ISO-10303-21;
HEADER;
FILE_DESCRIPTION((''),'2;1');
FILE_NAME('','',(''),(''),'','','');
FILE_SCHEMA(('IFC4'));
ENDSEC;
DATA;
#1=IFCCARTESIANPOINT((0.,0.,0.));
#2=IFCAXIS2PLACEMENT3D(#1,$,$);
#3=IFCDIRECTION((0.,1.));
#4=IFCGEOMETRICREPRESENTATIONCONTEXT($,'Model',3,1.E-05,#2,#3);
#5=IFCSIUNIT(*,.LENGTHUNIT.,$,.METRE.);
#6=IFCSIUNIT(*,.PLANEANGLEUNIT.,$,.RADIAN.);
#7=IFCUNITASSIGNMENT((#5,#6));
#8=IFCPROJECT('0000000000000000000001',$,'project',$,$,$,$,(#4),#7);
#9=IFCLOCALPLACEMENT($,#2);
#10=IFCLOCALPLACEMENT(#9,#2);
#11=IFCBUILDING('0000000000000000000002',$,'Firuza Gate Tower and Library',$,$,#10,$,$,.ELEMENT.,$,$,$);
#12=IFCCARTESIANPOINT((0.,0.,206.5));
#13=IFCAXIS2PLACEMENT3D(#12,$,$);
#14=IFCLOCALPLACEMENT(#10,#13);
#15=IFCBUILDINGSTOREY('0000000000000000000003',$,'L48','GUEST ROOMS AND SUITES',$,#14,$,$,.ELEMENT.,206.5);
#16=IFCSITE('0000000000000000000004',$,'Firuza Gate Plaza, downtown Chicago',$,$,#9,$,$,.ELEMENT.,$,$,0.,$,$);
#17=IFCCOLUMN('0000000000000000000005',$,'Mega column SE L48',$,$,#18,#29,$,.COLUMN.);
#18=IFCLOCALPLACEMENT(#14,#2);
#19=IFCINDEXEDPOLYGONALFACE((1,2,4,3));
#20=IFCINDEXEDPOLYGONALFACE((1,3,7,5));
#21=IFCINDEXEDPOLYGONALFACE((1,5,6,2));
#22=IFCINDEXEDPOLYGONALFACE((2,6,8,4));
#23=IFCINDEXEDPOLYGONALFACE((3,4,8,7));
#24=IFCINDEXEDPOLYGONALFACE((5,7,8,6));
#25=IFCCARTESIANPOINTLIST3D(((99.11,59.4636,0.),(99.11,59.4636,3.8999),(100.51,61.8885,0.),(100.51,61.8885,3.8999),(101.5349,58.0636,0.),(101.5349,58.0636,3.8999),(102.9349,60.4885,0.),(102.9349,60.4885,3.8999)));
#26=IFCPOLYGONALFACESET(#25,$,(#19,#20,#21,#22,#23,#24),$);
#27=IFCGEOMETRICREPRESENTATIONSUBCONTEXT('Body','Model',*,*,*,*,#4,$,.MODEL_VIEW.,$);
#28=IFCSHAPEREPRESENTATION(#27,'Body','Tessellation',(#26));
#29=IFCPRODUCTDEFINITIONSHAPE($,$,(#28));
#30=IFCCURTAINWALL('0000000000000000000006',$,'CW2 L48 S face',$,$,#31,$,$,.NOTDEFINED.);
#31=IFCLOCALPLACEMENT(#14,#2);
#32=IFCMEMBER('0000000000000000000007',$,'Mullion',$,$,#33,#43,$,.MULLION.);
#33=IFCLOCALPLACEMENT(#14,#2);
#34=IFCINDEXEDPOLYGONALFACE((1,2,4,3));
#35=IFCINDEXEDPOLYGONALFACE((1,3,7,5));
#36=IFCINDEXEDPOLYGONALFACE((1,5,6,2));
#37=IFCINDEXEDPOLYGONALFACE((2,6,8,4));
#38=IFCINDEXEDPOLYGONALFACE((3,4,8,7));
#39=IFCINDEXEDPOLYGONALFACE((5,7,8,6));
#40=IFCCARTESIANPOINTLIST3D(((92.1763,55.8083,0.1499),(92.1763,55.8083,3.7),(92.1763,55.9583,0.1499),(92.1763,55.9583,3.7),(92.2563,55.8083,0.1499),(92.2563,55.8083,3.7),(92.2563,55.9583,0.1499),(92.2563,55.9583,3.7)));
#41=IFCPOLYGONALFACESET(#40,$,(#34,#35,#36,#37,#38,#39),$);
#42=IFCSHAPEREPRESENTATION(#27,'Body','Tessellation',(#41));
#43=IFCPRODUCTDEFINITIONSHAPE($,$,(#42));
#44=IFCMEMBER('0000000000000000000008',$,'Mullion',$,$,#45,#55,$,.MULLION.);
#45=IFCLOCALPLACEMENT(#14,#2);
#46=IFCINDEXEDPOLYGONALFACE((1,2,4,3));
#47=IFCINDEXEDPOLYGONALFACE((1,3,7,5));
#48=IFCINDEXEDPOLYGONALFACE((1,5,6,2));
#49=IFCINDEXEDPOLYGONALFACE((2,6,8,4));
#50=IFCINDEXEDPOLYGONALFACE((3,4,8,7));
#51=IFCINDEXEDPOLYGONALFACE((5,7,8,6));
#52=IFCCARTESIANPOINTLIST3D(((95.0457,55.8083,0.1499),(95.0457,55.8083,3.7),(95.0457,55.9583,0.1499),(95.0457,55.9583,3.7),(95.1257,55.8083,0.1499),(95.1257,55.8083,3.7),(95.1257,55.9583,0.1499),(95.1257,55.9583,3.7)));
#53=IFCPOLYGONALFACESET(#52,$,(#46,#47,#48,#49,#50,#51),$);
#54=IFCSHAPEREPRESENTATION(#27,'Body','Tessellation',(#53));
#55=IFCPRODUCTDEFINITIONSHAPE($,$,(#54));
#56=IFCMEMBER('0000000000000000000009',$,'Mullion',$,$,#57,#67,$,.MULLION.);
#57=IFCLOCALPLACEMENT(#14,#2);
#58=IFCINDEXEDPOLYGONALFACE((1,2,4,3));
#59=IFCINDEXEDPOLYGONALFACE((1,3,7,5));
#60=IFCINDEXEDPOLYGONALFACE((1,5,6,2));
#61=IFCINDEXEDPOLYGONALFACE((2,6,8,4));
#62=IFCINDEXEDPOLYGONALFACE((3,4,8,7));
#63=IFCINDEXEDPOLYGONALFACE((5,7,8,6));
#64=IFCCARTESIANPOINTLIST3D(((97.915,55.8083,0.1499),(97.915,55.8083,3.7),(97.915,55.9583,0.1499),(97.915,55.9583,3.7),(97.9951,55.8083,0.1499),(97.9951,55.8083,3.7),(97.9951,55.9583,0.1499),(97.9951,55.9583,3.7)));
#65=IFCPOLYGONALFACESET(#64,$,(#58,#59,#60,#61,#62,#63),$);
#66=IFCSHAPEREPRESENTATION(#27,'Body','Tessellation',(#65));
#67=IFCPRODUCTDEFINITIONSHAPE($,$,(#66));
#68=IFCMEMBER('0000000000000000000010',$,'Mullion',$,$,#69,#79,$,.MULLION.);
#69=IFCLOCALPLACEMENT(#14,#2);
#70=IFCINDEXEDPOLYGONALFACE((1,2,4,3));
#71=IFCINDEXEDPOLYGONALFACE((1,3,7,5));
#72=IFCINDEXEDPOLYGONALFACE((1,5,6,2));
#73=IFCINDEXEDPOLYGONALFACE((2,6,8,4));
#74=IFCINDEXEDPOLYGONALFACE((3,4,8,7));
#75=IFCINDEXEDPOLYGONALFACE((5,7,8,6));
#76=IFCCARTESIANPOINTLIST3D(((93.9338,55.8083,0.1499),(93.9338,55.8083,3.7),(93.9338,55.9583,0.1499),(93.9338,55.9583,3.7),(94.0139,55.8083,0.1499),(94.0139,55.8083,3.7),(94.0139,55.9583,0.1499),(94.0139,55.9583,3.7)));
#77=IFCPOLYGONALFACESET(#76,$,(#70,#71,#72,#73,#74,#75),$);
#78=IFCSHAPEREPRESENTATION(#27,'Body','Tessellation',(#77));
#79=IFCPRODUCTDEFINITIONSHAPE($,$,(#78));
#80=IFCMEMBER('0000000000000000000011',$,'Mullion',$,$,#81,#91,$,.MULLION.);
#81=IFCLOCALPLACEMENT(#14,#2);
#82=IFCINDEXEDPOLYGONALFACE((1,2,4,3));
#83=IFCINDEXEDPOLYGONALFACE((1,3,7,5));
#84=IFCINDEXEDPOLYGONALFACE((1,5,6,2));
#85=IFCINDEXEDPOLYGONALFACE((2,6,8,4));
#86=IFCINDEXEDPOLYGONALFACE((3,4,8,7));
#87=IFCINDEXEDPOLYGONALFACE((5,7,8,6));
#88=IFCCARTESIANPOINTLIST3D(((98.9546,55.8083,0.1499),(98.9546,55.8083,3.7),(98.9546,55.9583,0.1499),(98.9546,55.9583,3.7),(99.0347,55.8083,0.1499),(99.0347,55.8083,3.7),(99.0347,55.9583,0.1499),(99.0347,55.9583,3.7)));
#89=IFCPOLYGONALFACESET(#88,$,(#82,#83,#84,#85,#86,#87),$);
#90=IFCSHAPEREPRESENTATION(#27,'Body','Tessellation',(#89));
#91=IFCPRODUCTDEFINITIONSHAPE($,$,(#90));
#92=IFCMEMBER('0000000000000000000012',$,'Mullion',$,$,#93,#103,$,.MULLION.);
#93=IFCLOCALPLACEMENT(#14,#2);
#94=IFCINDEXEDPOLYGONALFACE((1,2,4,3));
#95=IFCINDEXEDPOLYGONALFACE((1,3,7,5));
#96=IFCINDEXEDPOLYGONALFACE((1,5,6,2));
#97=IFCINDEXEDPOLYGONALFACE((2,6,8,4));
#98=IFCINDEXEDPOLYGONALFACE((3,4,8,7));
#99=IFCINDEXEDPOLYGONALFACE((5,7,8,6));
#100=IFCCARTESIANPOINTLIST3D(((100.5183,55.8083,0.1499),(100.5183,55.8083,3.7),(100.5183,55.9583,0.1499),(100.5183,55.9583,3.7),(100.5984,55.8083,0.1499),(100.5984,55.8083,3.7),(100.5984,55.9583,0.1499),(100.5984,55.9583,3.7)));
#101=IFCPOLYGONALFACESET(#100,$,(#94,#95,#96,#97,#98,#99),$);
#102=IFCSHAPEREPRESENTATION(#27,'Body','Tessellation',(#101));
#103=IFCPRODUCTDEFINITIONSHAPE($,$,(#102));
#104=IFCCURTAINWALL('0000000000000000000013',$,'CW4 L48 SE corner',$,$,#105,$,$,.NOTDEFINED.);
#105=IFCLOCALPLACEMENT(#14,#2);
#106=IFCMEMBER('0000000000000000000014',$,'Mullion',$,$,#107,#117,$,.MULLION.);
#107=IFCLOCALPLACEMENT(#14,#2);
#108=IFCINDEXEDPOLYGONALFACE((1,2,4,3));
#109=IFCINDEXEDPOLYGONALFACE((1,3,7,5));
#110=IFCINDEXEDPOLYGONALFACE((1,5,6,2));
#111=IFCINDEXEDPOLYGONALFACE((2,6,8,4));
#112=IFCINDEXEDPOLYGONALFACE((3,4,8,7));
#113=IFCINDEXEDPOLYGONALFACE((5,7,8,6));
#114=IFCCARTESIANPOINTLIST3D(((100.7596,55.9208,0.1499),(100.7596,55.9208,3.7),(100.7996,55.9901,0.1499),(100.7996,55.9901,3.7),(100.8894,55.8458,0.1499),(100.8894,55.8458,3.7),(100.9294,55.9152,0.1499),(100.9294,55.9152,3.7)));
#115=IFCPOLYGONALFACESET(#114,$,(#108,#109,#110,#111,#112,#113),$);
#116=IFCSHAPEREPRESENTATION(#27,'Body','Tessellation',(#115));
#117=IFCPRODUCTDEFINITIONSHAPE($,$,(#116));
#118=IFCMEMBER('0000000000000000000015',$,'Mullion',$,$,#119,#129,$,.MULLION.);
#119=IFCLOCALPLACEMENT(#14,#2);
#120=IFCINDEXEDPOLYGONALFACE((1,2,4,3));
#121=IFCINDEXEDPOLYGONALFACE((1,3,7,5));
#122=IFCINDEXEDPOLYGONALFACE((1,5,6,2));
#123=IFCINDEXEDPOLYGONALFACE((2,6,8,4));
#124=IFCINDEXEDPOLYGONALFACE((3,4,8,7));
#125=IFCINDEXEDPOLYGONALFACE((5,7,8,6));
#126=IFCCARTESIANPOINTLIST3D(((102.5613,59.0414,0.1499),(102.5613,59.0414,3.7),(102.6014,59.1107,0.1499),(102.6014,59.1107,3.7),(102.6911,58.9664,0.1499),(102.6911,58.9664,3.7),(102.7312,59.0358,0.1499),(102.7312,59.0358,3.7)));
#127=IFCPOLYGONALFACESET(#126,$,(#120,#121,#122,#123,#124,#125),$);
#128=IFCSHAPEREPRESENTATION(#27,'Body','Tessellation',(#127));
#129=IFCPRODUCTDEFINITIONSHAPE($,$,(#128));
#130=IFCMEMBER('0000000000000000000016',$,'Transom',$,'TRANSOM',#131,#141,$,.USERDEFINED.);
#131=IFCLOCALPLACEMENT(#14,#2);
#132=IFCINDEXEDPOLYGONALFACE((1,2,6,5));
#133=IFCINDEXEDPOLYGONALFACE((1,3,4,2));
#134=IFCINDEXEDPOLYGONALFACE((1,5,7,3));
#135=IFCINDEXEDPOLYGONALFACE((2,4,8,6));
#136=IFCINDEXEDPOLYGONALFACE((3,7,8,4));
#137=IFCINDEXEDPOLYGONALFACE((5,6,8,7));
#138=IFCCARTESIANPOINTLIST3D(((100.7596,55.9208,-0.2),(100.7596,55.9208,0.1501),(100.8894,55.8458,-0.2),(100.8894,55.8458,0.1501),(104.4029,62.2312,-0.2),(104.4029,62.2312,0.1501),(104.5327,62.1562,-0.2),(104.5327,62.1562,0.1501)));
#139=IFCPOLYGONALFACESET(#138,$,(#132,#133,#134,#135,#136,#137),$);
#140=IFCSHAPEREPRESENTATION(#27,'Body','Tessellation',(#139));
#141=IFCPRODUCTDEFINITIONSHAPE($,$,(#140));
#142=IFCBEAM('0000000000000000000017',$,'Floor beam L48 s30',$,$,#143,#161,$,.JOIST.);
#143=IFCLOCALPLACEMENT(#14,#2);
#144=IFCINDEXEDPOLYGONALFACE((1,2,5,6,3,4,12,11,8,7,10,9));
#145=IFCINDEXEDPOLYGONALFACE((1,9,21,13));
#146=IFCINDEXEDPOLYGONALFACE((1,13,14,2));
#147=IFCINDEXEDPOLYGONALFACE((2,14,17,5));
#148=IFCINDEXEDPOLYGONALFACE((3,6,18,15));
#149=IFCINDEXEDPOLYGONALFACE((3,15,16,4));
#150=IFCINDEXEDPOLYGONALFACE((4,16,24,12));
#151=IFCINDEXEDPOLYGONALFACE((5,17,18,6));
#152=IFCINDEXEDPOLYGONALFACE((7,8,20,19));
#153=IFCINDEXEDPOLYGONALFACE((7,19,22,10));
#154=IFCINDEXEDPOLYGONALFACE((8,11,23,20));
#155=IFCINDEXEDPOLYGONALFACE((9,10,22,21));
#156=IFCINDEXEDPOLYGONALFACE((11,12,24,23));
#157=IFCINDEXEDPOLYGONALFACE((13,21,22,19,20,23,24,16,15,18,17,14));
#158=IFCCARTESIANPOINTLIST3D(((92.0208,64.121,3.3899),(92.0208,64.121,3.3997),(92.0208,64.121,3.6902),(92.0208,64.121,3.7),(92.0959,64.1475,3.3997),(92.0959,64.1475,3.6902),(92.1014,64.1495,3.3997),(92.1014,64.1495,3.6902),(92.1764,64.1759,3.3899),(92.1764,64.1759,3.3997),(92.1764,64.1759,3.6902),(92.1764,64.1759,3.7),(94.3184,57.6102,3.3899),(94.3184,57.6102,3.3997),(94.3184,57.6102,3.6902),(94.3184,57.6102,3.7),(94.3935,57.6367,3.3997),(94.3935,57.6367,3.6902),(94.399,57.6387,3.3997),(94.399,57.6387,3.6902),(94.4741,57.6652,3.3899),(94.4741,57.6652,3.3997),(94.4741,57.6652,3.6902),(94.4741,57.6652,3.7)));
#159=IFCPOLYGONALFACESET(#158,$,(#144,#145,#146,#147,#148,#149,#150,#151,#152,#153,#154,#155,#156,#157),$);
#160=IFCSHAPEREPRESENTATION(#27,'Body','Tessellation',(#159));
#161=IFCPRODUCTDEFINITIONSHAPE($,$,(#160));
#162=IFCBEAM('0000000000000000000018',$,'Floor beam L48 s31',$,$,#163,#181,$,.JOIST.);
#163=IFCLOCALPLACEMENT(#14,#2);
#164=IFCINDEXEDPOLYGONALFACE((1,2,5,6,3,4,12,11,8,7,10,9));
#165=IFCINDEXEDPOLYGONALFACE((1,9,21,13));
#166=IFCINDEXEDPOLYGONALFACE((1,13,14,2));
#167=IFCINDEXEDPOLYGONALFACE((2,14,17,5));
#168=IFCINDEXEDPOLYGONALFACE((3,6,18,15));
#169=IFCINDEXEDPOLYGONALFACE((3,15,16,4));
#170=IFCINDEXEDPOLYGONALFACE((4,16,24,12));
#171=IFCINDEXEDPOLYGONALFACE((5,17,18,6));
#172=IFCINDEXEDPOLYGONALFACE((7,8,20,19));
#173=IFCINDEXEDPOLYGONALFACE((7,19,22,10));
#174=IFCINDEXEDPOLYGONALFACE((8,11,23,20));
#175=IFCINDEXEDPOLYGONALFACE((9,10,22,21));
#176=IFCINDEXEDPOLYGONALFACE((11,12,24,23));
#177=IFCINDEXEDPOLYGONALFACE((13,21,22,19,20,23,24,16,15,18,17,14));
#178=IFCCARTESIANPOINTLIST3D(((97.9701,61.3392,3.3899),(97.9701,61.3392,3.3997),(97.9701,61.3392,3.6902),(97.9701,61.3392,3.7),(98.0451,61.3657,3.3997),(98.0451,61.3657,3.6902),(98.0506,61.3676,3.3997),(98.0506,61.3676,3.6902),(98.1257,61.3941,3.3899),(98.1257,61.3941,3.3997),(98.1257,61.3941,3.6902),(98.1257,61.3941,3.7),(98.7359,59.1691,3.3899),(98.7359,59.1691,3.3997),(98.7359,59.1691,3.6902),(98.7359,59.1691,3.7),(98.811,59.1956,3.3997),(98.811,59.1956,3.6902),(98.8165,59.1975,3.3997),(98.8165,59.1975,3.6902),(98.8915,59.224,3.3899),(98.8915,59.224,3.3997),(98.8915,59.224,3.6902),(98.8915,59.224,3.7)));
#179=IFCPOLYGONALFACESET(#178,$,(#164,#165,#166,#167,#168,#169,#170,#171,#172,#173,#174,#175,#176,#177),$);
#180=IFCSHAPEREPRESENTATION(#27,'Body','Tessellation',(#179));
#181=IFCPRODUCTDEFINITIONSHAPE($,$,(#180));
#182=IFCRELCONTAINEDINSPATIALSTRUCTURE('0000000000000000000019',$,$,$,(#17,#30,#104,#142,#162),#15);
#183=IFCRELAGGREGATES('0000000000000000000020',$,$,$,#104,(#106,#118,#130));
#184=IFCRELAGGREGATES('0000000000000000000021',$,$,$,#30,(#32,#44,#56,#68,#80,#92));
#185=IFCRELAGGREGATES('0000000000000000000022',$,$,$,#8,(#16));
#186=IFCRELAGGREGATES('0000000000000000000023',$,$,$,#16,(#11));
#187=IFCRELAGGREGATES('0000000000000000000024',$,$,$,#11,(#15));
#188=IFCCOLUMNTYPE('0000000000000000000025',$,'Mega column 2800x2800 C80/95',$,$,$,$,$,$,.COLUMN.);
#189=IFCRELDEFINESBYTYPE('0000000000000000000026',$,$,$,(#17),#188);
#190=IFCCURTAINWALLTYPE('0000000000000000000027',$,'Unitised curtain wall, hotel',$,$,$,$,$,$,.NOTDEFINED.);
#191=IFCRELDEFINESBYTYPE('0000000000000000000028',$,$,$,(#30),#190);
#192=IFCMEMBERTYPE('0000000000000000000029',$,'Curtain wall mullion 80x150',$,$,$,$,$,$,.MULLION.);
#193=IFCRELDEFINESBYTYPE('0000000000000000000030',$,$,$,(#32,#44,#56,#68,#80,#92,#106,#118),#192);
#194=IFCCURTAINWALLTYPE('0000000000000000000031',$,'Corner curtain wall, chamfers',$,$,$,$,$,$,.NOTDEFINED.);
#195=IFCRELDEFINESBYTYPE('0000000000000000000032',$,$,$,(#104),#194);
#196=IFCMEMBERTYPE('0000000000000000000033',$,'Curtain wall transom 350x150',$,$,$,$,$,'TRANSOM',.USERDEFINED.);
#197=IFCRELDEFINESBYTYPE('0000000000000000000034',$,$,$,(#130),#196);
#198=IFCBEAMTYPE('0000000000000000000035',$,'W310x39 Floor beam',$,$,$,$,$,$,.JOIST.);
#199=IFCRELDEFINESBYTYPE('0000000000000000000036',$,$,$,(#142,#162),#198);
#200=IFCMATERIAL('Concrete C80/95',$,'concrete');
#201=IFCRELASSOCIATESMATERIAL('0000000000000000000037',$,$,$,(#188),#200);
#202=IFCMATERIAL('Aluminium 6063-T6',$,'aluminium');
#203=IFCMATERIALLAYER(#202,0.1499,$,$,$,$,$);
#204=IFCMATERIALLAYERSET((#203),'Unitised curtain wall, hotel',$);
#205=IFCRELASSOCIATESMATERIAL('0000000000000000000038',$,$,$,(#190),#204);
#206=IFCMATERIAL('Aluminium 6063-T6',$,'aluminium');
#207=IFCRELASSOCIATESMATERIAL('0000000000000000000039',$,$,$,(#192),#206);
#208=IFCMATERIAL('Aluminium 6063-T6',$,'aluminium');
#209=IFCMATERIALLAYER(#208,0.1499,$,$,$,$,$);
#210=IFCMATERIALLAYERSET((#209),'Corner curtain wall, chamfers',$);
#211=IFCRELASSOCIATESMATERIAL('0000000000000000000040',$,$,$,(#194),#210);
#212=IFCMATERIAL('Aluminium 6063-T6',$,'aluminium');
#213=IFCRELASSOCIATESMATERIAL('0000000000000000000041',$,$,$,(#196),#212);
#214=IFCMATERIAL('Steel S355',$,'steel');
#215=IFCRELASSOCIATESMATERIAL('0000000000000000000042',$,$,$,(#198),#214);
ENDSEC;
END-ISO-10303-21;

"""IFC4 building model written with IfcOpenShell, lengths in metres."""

from ifc_helpers import new_model, si_unit, direction, frame, origin, origin_2d, place, context, subcontext, project, spatial, rectangle, i_section, extrude, material, layer, layer_set, material_profile, profile_set, type_object, element, aggregate, save


model = new_model("IFC4")

# Units and contexts
model_context = context("Model", 3, precision=1e-05, world=origin(), true_north=direction((0.0, 1.0)))
body_context = subcontext(model_context, "Body", "Model", "MODEL_VIEW")
ifc_project = project(units=[si_unit("LENGTHUNIT", "METRE"), si_unit("PLANEANGLEUNIT", "RADIAN")], contexts=[model_context])

# Site, building, storey
site_placement = place(None, origin())
site = spatial("IfcSite", under=ifc_project, at=site_placement, Name="Firuza Gate Plaza, downtown Chicago", CompositionType="ELEMENT", RefElevation=0.0)
building_placement = place(site_placement, origin())
building = spatial("IfcBuilding", under=site, at=building_placement, Name="Firuza Gate Tower and Library", CompositionType="ELEMENT")
storey_placement = place(building_placement, frame((0.0, 0.0, 206.5)))
storey = spatial("IfcBuildingStorey", under=building, at=storey_placement, Name="L48", Description="GUEST ROOMS AND SUITES", CompositionType="ELEMENT", Elevation=206.5)

# Column
ifc_material_1 = material(Name="Concrete C80/95", Category="concrete")
ifc_material_profile_1 = material_profile(ifc_material_1, rectangle(XDim=2.8, YDim=2.8, at=origin_2d()))
ifc_profile_set_1 = profile_set([ifc_material_profile_1], Name="Concrete C80/95")
column_type = type_object("IfcColumnType", Name="Mega column 2800x2800 C80/95", PredefinedType="COLUMN", material=ifc_profile_set_1)
column_placement = place(storey_placement, frame((101.0225, 59.9761, 0.0), z_axis=(0.0, 0.0, 1.0), x_axis=(0.5, 0.866025, 0.0)))
element("IfcColumn", 1, at=column_placement, inside=storey, type_object=column_type, Name="Mega column SE L48", PredefinedType="COLUMN", context=body_context, shape_type="SweptSolid", body=[
    extrude(rectangle(XDim=2.8, YDim=2.8, at=origin_2d()), origin(), (0.0, 0.0, 1.0), 3.8999),
])

# Curtain walls, members
ifc_material_2 = material(Name="Aluminium 6063-T6", Category="aluminium")
ifc_layer_1 = layer(ifc_material_2, 0.1499)
ifc_layer_set_1 = layer_set([ifc_layer_1], Name="Unitised curtain wall, hotel")
curtain_wall_type_1 = type_object("IfcCurtainWallType", Name="Unitised curtain wall, hotel", PredefinedType="NOTDEFINED", material=ifc_layer_set_1)
placement = place(storey_placement, origin())
curtain_wall_1 = element("IfcCurtainWall", 2, at=placement, inside=storey, type_object=curtain_wall_type_1, Name="CW2 L48 S face", PredefinedType="NOTDEFINED")
ifc_material_3 = material(Name="Aluminium 6063-T6", Category="aluminium")
ifc_material_profile_2 = material_profile(ifc_material_3, rectangle(XDim=0.1499, YDim=0.0801, at=origin_2d()))
ifc_profile_set_2 = profile_set([ifc_material_profile_2], Name="Aluminium 6063-T6")
member_type_1 = type_object("IfcMemberType", Name="Curtain wall mullion 80x150", PredefinedType="MULLION", material=ifc_profile_set_2)
member_1_placement = place(storey_placement, frame((92.2163, 55.8833, 0.1499), z_axis=(0.0, 0.0, 1.0), x_axis=(0.0, 1.0, 0.0)))
member_1 = element("IfcMember", 3, at=member_1_placement, type_object=member_type_1, Name="Mullion", PredefinedType="MULLION", context=body_context, shape_type="SweptSolid", body=[
    extrude(rectangle(XDim=0.1499, YDim=0.0801, at=origin_2d()), origin(), (0.0, 0.0, 1.0), 3.55),
])
member_2_placement = place(storey_placement, frame((95.0857, 55.8833, 0.1499), z_axis=(0.0, 0.0, 1.0), x_axis=(0.0, 1.0, 0.0)))
member_2 = element("IfcMember", 4, at=member_2_placement, type_object=member_type_1, Name="Mullion", PredefinedType="MULLION", context=body_context, shape_type="SweptSolid", body=[
    extrude(rectangle(XDim=0.1499, YDim=0.0801, at=origin_2d()), origin(), (0.0, 0.0, 1.0), 3.55),
])
member_3_placement = place(storey_placement, frame((97.9551, 55.8833, 0.1499), z_axis=(0.0, 0.0, 1.0), x_axis=(0.0, 1.0, 0.0)))
member_3 = element("IfcMember", 5, at=member_3_placement, type_object=member_type_1, Name="Mullion", PredefinedType="MULLION", context=body_context, shape_type="SweptSolid", body=[
    extrude(rectangle(XDim=0.1499, YDim=0.0801, at=origin_2d()), origin(), (0.0, 0.0, 1.0), 3.55),
])
member_4_placement = place(storey_placement, frame((93.9739, 55.8833, 0.1499), z_axis=(0.0, 0.0, 1.0), x_axis=(0.0, 1.0, 0.0)))
member_4 = element("IfcMember", 6, at=member_4_placement, type_object=member_type_1, Name="Mullion", PredefinedType="MULLION", context=body_context, shape_type="SweptSolid", body=[
    extrude(rectangle(XDim=0.1499, YDim=0.0801, at=origin_2d()), origin(), (0.0, 0.0, 1.0), 3.55),
])
member_5_placement = place(storey_placement, frame((98.9946, 55.8833, 0.1499), z_axis=(0.0, 0.0, 1.0), x_axis=(0.0, 1.0, 0.0)))
member_5 = element("IfcMember", 7, at=member_5_placement, type_object=member_type_1, Name="Mullion", PredefinedType="MULLION", context=body_context, shape_type="SweptSolid", body=[
    extrude(rectangle(XDim=0.1499, YDim=0.0801, at=origin_2d()), origin(), (0.0, 0.0, 1.0), 3.55),
])
member_6_placement = place(storey_placement, frame((100.5583, 55.8833, 0.1499), z_axis=(0.0, 0.0, 1.0), x_axis=(0.0, 1.0, 0.0)))
member_6 = element("IfcMember", 8, at=member_6_placement, type_object=member_type_1, Name="Mullion", PredefinedType="MULLION", context=body_context, shape_type="SweptSolid", body=[
    extrude(rectangle(XDim=0.1499, YDim=0.0801, at=origin_2d()), origin(), (0.0, 0.0, 1.0), 3.55),
])
ifc_material_4 = material(Name="Aluminium 6063-T6", Category="aluminium")
ifc_layer_2 = layer(ifc_material_4, 0.1499)
ifc_layer_set_2 = layer_set([ifc_layer_2], Name="Corner curtain wall, chamfers")
curtain_wall_type_2 = type_object("IfcCurtainWallType", Name="Corner curtain wall, chamfers", PredefinedType="NOTDEFINED", material=ifc_layer_set_2)
curtain_wall_2 = element("IfcCurtainWall", 9, at=placement, inside=storey, type_object=curtain_wall_type_2, Name="CW4 L48 SE corner", PredefinedType="NOTDEFINED")
member_7_placement = place(storey_placement, frame((100.8445, 55.918, 0.1499), z_axis=(0.0, 0.0, 1.0), x_axis=(-0.866025, 0.5, 0.0)))
member_7 = element("IfcMember", 10, at=member_7_placement, type_object=member_type_1, Name="Mullion", PredefinedType="MULLION", context=body_context, shape_type="SweptSolid", body=[
    extrude(rectangle(XDim=0.1499, YDim=0.0801, at=origin_2d()), origin(), (0.0, 0.0, 1.0), 3.55),
])
member_8_placement = place(storey_placement, frame((102.6462, 59.0386, 0.1499), z_axis=(0.0, 0.0, 1.0), x_axis=(-0.866025, 0.5, 0.0)))
member_8 = element("IfcMember", 11, at=member_8_placement, type_object=member_type_1, Name="Mullion", PredefinedType="MULLION", context=body_context, shape_type="SweptSolid", body=[
    extrude(rectangle(XDim=0.1499, YDim=0.0801, at=origin_2d()), origin(), (0.0, 0.0, 1.0), 3.55),
])
ifc_material_5 = material(Name="Aluminium 6063-T6", Category="aluminium")
ifc_material_profile_3 = material_profile(ifc_material_5, rectangle(XDim=0.1499, YDim=0.3501, at=origin_2d()))
ifc_profile_set_3 = profile_set([ifc_material_profile_3], Name="Aluminium 6063-T6")
member_type_2 = type_object("IfcMemberType", Name="Curtain wall transom 350x150", ElementType="TRANSOM", PredefinedType="USERDEFINED", material=ifc_profile_set_3)
member_9_placement = place(storey_placement, frame((100.8245, 55.8833, -0.0249), z_axis=(0.500006, 0.866022, 0.0), x_axis=(-0.866022, 0.500006, 0.0)))
member_9 = element("IfcMember", 12, at=member_9_placement, type_object=member_type_2, Name="Transom", ObjectType="TRANSOM", PredefinedType="USERDEFINED", context=body_context, shape_type="SweptSolid", body=[
    extrude(rectangle(XDim=0.1499, YDim=0.3501, at=origin_2d()), origin(), (0.0, 0.0, 1.0), 7.2866),
])

# Beams
ifc_material_6 = material(Name="Steel S355", Category="steel")
ifc_material_profile_4 = material_profile(ifc_material_6, i_section(OverallWidth=0.165, OverallDepth=0.3101, WebThickness=0.0059, FlangeThickness=0.0098, at=origin_2d()))
ifc_profile_set_4 = profile_set([ifc_material_profile_4], Name="Steel S355")
beam_type_1 = type_object("IfcBeamType", Name="W310x39 Floor beam", PredefinedType="JOIST", material=ifc_profile_set_4)
beam_1_placement = place(storey_placement, frame((94.3962, 57.6377, 3.5449), z_axis=(-0.332781, 0.943004, 0.0), x_axis=(-0.943004, -0.332781, 0.0)))
element("IfcBeam", 13, at=beam_1_placement, inside=storey, type_object=beam_type_1, Name="Floor beam L48 s30", PredefinedType="JOIST", context=body_context, shape_type="SweptSolid", body=[
    extrude(i_section(OverallWidth=0.165, OverallDepth=0.3101, WebThickness=0.0059, FlangeThickness=0.0098, at=origin_2d()), origin(), (0.0, 0.0, 1.0), 6.9043),
])
beam_2_placement = place(storey_placement, frame((98.8137, 59.1965, 3.5449), z_axis=(-0.332792, 0.943, 0.0), x_axis=(-0.943, -0.332792, 0.0)))
element("IfcBeam", 14, at=beam_2_placement, inside=storey, type_object=beam_type_1, Name="Floor beam L48 s31", PredefinedType="JOIST", context=body_context, shape_type="SweptSolid", body=[
    extrude(i_section(OverallWidth=0.165, OverallDepth=0.3101, WebThickness=0.0059, FlangeThickness=0.0098, at=origin_2d()), origin(), (0.0, 0.0, 1.0), 2.3013),
])

aggregate(curtain_wall_2, [member_7, member_8, member_9])
aggregate(curtain_wall_1, [member_1, member_2, member_3, member_4, member_5, member_6])

save(model, "model.ifc")
